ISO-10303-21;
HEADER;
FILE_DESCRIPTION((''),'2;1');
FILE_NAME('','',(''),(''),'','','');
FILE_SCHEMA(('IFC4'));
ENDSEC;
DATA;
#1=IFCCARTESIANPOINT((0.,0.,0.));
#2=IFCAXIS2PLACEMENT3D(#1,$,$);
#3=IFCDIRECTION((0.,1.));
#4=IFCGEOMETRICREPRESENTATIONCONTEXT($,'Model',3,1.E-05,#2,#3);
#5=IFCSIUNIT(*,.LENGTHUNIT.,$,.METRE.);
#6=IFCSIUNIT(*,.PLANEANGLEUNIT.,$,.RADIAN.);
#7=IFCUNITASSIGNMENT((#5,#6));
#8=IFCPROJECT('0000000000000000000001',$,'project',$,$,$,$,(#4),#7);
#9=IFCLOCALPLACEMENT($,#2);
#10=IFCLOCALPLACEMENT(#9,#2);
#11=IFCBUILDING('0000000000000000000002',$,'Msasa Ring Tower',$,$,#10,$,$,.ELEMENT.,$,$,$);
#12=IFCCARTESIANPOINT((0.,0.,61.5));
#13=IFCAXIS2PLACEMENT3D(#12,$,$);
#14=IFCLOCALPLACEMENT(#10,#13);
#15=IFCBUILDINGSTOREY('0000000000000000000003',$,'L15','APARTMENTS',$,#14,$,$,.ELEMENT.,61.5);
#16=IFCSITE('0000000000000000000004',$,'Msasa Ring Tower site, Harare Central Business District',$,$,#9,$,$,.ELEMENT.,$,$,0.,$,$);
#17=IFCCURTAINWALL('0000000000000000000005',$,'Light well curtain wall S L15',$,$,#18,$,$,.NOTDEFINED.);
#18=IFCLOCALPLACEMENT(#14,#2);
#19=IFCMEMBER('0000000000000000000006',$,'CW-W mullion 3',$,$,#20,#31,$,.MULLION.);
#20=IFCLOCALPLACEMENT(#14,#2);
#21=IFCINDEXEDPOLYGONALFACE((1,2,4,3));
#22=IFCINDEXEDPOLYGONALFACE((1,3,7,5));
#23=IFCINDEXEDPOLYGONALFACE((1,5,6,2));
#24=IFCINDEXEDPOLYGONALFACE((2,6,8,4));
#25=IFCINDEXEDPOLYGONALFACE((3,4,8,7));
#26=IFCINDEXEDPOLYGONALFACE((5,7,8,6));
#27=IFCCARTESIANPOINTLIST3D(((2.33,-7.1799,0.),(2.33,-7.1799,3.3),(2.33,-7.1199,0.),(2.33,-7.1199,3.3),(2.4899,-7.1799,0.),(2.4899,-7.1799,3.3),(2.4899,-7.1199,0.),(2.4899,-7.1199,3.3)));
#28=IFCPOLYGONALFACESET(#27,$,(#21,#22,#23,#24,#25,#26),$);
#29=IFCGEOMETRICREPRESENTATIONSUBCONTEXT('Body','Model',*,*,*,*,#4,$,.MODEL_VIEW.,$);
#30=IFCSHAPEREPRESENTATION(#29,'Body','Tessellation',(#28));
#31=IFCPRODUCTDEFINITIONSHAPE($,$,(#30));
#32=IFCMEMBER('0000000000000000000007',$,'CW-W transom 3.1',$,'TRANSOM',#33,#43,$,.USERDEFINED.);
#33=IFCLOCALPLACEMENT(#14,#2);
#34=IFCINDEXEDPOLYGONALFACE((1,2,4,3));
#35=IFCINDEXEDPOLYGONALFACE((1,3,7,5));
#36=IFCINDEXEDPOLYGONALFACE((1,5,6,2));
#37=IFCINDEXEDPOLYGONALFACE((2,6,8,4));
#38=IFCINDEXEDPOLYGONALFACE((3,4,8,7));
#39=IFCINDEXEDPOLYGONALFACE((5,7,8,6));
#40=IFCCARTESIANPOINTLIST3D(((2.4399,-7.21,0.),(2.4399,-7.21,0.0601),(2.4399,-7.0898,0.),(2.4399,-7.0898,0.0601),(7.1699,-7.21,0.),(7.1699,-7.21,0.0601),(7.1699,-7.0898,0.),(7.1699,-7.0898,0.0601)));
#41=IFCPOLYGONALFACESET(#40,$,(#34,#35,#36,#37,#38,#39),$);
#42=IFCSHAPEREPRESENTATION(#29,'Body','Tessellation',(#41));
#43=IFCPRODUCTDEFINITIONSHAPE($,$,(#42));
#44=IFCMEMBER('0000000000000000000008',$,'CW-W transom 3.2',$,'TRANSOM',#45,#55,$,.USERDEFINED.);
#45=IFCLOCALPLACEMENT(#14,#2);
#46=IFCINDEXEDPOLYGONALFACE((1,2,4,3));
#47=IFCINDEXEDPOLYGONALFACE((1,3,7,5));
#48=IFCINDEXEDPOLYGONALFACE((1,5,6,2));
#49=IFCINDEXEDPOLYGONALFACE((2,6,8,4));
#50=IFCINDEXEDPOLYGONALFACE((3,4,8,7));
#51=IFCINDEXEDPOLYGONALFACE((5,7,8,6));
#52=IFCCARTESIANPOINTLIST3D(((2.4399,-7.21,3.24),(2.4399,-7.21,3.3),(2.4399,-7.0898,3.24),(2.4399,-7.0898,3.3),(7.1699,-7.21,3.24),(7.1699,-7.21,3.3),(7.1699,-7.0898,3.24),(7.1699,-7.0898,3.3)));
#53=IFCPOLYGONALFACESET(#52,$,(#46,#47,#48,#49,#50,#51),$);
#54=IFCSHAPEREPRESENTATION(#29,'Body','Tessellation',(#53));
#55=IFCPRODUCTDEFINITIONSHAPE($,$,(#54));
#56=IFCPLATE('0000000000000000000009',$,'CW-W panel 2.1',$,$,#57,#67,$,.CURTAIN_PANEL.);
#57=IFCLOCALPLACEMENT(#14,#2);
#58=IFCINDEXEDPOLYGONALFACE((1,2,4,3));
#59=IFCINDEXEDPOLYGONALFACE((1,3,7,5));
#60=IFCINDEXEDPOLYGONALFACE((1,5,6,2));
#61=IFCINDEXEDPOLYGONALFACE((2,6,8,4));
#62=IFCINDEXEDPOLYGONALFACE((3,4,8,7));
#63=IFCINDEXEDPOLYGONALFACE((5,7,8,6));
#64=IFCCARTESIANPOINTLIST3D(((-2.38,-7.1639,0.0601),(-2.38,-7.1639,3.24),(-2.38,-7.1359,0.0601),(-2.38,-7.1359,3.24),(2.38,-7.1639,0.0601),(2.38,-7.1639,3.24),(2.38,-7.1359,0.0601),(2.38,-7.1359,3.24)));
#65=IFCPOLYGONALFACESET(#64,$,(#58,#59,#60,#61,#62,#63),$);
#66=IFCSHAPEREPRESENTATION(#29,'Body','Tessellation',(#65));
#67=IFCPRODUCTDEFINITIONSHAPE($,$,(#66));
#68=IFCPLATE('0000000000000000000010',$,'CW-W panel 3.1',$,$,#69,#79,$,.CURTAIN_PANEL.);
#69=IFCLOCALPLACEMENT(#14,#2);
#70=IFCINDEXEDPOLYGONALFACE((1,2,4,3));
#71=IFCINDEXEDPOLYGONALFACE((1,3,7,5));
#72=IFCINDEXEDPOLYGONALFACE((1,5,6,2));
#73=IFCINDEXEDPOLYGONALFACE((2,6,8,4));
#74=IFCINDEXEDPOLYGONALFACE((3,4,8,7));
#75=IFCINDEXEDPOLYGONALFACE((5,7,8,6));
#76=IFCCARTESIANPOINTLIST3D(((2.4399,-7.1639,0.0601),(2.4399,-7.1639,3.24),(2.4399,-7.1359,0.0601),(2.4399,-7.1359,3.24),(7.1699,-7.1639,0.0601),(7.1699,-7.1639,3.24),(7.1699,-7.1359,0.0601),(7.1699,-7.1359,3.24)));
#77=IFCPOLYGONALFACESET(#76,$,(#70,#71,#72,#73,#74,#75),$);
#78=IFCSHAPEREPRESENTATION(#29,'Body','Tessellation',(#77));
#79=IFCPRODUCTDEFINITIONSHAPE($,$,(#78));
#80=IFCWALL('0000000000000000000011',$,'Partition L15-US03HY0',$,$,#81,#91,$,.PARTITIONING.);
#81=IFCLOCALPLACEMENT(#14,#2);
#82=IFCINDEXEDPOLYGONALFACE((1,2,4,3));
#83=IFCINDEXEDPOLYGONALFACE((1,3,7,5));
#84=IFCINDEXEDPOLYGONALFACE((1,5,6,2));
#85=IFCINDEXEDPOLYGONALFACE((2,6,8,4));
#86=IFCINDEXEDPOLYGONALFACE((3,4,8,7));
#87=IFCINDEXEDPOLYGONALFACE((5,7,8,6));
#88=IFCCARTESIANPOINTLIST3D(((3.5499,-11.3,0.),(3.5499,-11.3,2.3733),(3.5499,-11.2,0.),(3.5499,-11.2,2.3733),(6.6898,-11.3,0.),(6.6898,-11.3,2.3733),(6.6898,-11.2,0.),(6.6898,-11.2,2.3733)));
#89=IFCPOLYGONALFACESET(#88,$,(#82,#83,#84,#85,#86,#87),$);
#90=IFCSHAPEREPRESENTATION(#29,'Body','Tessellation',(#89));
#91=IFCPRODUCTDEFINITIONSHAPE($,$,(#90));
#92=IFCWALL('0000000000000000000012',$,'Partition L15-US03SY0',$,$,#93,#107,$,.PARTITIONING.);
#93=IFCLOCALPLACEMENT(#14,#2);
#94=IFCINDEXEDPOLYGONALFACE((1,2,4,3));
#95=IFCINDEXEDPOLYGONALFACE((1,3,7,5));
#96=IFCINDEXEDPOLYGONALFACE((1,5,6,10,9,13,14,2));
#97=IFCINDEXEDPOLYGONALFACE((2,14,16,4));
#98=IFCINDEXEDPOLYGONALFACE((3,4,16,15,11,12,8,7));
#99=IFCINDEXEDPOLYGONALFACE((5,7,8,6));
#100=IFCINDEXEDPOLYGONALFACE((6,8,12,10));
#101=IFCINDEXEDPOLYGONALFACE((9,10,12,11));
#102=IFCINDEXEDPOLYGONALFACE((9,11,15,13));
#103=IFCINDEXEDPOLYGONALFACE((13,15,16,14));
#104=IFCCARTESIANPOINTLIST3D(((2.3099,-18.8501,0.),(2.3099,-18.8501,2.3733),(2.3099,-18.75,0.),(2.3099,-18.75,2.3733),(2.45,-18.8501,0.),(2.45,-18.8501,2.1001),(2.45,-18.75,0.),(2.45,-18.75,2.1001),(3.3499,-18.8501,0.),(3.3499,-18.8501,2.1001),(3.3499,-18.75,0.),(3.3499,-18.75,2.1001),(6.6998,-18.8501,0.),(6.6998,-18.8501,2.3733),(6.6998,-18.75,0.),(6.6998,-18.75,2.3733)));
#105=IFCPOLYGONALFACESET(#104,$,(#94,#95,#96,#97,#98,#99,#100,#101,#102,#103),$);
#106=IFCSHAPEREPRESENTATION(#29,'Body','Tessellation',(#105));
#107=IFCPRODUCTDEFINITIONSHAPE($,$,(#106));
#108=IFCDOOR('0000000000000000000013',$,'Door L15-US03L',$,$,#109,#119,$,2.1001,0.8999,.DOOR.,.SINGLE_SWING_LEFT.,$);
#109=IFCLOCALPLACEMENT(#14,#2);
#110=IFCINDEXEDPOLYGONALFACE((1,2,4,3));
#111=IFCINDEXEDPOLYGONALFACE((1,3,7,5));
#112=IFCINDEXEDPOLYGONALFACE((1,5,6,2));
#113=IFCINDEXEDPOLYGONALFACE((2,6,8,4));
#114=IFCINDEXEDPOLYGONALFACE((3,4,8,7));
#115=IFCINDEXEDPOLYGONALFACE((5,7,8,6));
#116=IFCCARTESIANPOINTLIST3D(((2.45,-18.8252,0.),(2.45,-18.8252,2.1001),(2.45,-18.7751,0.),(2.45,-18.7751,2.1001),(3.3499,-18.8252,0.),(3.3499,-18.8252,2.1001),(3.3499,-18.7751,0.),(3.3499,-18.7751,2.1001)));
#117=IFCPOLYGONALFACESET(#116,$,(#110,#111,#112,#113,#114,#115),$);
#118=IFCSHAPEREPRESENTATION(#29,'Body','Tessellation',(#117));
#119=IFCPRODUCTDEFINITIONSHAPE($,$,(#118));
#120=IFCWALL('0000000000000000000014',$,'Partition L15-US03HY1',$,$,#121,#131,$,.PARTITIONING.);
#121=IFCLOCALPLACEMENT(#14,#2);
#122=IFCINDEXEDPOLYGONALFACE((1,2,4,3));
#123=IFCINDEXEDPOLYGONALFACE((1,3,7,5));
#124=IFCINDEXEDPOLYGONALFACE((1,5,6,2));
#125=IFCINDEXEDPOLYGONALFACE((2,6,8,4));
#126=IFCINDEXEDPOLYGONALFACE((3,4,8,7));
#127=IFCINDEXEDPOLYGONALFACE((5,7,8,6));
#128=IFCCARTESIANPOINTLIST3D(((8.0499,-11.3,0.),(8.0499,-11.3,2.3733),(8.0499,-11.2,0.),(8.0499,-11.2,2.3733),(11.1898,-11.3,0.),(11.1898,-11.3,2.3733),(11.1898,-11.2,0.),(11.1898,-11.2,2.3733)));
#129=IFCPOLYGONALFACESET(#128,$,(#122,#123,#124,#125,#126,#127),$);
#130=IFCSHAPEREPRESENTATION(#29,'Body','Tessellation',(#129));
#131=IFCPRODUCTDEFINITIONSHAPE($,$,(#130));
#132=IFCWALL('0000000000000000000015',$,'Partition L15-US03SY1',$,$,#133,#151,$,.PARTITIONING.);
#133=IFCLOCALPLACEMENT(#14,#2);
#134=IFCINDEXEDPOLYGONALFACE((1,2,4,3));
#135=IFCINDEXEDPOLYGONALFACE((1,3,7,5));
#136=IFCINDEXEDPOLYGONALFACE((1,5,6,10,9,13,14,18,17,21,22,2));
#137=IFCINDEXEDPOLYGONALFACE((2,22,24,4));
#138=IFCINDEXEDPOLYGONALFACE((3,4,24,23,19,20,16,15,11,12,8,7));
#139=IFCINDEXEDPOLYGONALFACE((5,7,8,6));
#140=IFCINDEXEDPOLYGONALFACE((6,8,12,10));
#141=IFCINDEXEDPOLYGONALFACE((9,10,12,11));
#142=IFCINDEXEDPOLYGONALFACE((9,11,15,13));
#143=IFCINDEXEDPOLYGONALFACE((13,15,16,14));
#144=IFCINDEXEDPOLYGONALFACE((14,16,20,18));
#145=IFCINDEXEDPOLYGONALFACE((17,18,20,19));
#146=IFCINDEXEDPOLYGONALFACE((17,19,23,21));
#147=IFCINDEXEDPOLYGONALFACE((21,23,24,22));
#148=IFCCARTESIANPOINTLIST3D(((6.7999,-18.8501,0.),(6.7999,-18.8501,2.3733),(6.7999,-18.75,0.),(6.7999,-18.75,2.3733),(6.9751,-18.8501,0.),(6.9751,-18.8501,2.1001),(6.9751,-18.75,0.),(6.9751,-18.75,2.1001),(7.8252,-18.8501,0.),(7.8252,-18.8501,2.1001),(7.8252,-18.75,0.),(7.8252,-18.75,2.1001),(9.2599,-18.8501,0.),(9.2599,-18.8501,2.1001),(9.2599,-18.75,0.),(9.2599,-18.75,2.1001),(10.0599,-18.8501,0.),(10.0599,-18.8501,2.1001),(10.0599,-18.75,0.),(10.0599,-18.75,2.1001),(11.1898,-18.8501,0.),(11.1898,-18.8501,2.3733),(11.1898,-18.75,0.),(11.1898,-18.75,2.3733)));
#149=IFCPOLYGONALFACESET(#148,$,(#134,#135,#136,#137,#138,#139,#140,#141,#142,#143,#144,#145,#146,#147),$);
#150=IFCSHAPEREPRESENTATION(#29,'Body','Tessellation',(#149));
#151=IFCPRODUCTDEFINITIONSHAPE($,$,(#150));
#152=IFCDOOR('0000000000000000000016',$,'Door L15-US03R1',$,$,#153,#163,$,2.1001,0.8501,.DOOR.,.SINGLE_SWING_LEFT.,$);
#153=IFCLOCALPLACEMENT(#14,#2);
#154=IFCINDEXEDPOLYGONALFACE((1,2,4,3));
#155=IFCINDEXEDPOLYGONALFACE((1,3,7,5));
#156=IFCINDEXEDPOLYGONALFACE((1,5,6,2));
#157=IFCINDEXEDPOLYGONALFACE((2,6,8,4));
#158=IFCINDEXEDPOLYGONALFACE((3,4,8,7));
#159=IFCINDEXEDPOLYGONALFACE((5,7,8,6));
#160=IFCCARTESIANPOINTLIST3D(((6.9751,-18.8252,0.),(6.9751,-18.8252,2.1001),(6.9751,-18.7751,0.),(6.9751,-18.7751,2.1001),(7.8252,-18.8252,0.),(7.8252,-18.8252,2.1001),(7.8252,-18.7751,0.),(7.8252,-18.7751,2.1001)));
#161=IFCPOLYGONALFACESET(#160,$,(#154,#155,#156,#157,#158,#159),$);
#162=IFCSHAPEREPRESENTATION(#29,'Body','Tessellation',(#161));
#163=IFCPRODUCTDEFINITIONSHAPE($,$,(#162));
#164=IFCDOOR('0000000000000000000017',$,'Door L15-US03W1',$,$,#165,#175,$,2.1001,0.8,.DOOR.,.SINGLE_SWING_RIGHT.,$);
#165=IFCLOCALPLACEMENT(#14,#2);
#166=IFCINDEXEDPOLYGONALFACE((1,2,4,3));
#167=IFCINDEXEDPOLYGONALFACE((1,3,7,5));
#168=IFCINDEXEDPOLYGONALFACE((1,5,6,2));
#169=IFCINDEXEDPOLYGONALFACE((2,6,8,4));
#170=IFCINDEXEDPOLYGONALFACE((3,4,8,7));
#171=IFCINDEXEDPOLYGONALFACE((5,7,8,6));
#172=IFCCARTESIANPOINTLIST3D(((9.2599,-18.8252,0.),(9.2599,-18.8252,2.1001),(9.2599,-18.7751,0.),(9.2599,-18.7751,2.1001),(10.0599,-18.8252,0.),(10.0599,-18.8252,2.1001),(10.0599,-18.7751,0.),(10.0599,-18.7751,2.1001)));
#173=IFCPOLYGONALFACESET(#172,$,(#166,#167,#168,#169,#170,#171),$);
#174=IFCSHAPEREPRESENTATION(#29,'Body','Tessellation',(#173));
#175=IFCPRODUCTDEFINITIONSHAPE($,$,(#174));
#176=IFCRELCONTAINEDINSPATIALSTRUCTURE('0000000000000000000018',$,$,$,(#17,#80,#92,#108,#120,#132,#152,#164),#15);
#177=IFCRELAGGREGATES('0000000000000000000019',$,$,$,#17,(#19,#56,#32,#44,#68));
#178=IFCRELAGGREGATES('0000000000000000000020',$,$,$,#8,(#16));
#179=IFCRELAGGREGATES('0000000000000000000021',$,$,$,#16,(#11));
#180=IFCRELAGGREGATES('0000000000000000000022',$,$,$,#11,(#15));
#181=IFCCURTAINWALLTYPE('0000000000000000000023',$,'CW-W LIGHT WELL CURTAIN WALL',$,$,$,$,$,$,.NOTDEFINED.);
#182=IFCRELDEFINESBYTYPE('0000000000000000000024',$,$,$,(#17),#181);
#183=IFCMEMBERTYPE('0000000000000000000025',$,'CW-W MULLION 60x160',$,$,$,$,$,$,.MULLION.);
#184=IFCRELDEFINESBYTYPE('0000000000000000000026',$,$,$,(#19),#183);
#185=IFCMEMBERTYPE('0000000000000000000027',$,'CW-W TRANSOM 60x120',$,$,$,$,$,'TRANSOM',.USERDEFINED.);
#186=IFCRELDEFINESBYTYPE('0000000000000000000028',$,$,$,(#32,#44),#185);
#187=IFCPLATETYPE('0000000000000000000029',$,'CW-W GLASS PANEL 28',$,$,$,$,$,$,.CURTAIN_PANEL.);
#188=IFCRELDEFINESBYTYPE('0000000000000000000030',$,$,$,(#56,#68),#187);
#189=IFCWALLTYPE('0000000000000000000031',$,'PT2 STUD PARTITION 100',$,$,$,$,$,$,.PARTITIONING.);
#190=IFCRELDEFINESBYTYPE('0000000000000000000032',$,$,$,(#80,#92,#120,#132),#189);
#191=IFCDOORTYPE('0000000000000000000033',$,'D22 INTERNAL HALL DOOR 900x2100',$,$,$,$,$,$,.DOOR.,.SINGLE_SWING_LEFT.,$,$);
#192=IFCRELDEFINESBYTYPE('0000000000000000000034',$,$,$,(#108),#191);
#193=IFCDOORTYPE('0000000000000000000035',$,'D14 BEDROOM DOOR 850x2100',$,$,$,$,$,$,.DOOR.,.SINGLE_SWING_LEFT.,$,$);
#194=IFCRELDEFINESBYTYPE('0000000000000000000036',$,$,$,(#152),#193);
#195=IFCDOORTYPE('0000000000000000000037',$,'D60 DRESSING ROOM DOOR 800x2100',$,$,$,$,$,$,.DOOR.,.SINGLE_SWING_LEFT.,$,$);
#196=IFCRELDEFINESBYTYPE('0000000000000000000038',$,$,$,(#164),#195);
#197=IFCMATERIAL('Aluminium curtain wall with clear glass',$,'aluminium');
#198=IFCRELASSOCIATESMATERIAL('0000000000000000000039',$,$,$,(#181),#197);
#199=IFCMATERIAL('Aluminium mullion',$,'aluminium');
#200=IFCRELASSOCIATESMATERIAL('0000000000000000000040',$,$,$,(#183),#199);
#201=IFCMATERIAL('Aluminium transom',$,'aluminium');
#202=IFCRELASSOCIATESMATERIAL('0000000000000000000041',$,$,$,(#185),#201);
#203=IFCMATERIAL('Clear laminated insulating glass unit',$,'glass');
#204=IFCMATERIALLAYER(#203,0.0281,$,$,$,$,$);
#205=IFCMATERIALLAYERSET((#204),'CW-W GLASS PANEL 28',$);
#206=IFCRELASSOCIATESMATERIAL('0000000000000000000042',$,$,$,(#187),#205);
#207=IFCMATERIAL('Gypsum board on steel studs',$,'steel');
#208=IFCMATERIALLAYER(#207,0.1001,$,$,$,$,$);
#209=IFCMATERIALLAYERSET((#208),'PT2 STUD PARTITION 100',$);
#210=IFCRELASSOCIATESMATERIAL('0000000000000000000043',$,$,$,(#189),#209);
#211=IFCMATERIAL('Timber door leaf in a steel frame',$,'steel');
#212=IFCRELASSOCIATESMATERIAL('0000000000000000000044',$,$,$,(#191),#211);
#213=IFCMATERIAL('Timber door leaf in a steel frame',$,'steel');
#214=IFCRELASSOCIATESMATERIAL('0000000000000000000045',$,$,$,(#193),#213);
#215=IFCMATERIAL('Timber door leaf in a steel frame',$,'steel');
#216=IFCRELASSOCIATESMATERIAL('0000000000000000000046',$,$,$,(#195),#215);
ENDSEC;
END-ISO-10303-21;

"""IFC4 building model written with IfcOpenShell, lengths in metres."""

from ifc_helpers import new_model, si_unit, direction, frame, frame_2d, origin, origin_2d, place, context, subcontext, project, spatial, rectangle, extrude, material, layer, layer_set, material_profile, profile_set, type_object, element, fill, aggregate, save


model = new_model("IFC4")

# Units and contexts
model_context = context("Model", 3, precision=1e-05, world=origin(), true_north=direction((0.0, 1.0)))
body_context = subcontext(model_context, "Body", "Model", "MODEL_VIEW")
ifc_project = project(units=[si_unit("LENGTHUNIT", "METRE"), si_unit("PLANEANGLEUNIT", "RADIAN")], contexts=[model_context])

# Site, building, storey
site_placement = place(None, origin())
site = spatial("IfcSite", under=ifc_project, at=site_placement, Name="Msasa Ring Tower site, Harare Central Business District", CompositionType="ELEMENT", RefElevation=0.0)
building_placement = place(site_placement, origin())
building = spatial("IfcBuilding", under=site, at=building_placement, Name="Msasa Ring Tower", CompositionType="ELEMENT")
storey_placement = place(building_placement, frame((0.0, 0.0, 61.5)))
storey = spatial("IfcBuildingStorey", under=building, at=storey_placement, Name="L15", Description="APARTMENTS", CompositionType="ELEMENT", Elevation=61.5)

# Curtain wall, members, plates
ifc_material_1 = material(Name="Aluminium curtain wall with clear glass", Category="aluminium")
curtain_wall_type = type_object("IfcCurtainWallType", Name="CW-W LIGHT WELL CURTAIN WALL", PredefinedType="NOTDEFINED", material=ifc_material_1)
curtain_wall_placement = place(storey_placement, origin())
curtain_wall = element("IfcCurtainWall", 1, at=curtain_wall_placement, inside=storey, type_object=curtain_wall_type, Name="Light well curtain wall S L15", PredefinedType="NOTDEFINED")
ifc_material_2 = material(Name="Aluminium mullion", Category="aluminium")
ifc_material_profile_1 = material_profile(ifc_material_2, rectangle(XDim=0.0601, YDim=0.1599, at=origin_2d()), Name="AL 60x160")
ifc_profile_set_1 = profile_set([ifc_material_profile_1], Name="Aluminium mullion")
member_type_1 = type_object("IfcMemberType", Name="CW-W MULLION 60x160", PredefinedType="MULLION", material=ifc_profile_set_1)
member_1_placement = place(storey_placement, frame((2.4099, -7.1499, 0.0), z_axis=(0.0, 0.0, 1.0), x_axis=(0.0, 1.0, 0.0)))
member_1 = element("IfcMember", 2, at=member_1_placement, type_object=member_type_1, Name="CW-W mullion 3", PredefinedType="MULLION", context=body_context, shape_type="SweptSolid", body=[
    extrude(rectangle(XDim=0.0601, YDim=0.1599, at=origin_2d()), origin(), (0.0, 0.0, 1.0), 3.3),
])
ifc_material_3 = material(Name="Aluminium transom", Category="aluminium")
ifc_material_profile_2 = material_profile(ifc_material_3, rectangle(XDim=0.1201, YDim=0.0601, at=origin_2d()), Name="AL 60x120")
ifc_profile_set_2 = profile_set([ifc_material_profile_2], Name="Aluminium transom")
member_type_2 = type_object("IfcMemberType", Name="CW-W TRANSOM 60x120", ElementType="TRANSOM", PredefinedType="USERDEFINED", material=ifc_profile_set_2)
member_2_placement = place(storey_placement, frame((2.4399, -7.1499, 0.03), z_axis=(1.0, 0.0, 0.0), x_axis=(0.0, 1.0, 0.0)))
member_2 = element("IfcMember", 3, at=member_2_placement, type_object=member_type_2, Name="CW-W transom 3.1", ObjectType="TRANSOM", PredefinedType="USERDEFINED", context=body_context, shape_type="SweptSolid", body=[
    extrude(rectangle(XDim=0.1201, YDim=0.0601, at=origin_2d()), origin(), (0.0, 0.0, 1.0), 4.73),
])
member_3_placement = place(storey_placement, frame((2.4399, -7.1499, 3.27), z_axis=(1.0, 0.0, 0.0), x_axis=(0.0, 1.0, 0.0)))
member_3 = element("IfcMember", 4, at=member_3_placement, type_object=member_type_2, Name="CW-W transom 3.2", ObjectType="TRANSOM", PredefinedType="USERDEFINED", context=body_context, shape_type="SweptSolid", body=[
    extrude(rectangle(XDim=0.1201, YDim=0.0601, at=origin_2d()), origin(), (0.0, 0.0, 1.0), 4.73),
])
ifc_material_4 = material(Name="Clear laminated insulating glass unit", Category="glass")
ifc_layer_1 = layer(ifc_material_4, 0.0281)
ifc_layer_set_1 = layer_set([ifc_layer_1], Name="CW-W GLASS PANEL 28")
plate_type = type_object("IfcPlateType", Name="CW-W GLASS PANEL 28", PredefinedType="CURTAIN_PANEL", material=ifc_layer_set_1)
plate_1_placement = place(storey_placement, frame((0.0, -7.1499, 0.0601), z_axis=(0.0, 0.0, 1.0), x_axis=(1.0, 0.0, 0.0)))
plate_1 = element("IfcPlate", 5, at=plate_1_placement, type_object=plate_type, Name="CW-W panel 2.1", PredefinedType="CURTAIN_PANEL", context=body_context, shape_type="SweptSolid", body=[
    extrude(rectangle(XDim=4.76, YDim=0.0281, at=origin_2d()), origin(), (0.0, 0.0, 1.0), 3.1799),
])
plate_2_placement = place(storey_placement, frame((4.8049, -7.1499, 0.0601), z_axis=(0.0, 0.0, 1.0), x_axis=(1.0, 0.0, 0.0)))
plate_2 = element("IfcPlate", 6, at=plate_2_placement, type_object=plate_type, Name="CW-W panel 3.1", PredefinedType="CURTAIN_PANEL", context=body_context, shape_type="SweptSolid", body=[
    extrude(rectangle(XDim=4.73, YDim=0.0281, at=origin_2d()), origin(), (0.0, 0.0, 1.0), 3.1799),
])
aggregate(curtain_wall, [member_1, plate_1, member_2, member_3, plate_2])

# Wall
ifc_material_5 = material(Name="Gypsum board on steel studs", Category="steel")
ifc_layer_2 = layer(ifc_material_5, 0.1001)
ifc_layer_set_2 = layer_set([ifc_layer_2], Name="PT2 STUD PARTITION 100")
wall_type_1 = type_object("IfcWallType", Name="PT2 STUD PARTITION 100", PredefinedType="PARTITIONING", material=ifc_layer_set_2)
wall_1_placement = place(storey_placement, frame((3.55, -11.25, 0.0), z_axis=(0.0, 0.0, 1.0), x_axis=(1.0, 0.0, 0.0)))
element("IfcWall", 7, at=wall_1_placement, inside=storey, type_object=wall_type_1, Name="Partition L15-US03HY0", PredefinedType="PARTITIONING", context=body_context, shape_type="SweptSolid", body=[
    extrude(rectangle(XDim=3.1399, YDim=0.1001, at=frame_2d((1.5698, 0.0))), origin(), (0.0, 0.0, 1.0), 2.3733),
])

# Wall, opening, door
wall_2_placement = place(storey_placement, frame((2.3101, -18.8, 0.0), z_axis=(0.0, 0.0, 1.0), x_axis=(1.0, 0.0, 0.0)))
wall_2 = element("IfcWall", 8, at=wall_2_placement, inside=storey, type_object=wall_type_1, Name="Partition L15-US03SY0", PredefinedType="PARTITIONING", context=body_context, shape_type="SweptSolid", body=[
    extrude(rectangle(XDim=4.3899, YDim=0.1001, at=frame_2d((2.1948, 0.0))), origin(), (0.0, 0.0, 1.0), 2.3733),
])
opening_1_placement = place(wall_2_placement, frame((0.1399, 0.0, 0.0)))
opening_1 = element("IfcOpeningElement", 9, at=opening_1_placement, cuts=wall_2, PredefinedType="OPENING", context=body_context, shape_type="SweptSolid", body=[
    extrude(rectangle(XDim=0.8999, YDim=2.1001, at=frame_2d((0.45, 1.05))), frame((0.0, 0.0601, 0.0), z_axis=(0.0, -1.0, 0.0), x_axis=(1.0, 0.0, 0.0)), (0.0, 0.0, 1.0), 0.1201),
])
ifc_material_6 = material(Name="Timber door leaf in a steel frame", Category="steel")
door_type_1 = type_object("IfcDoorType", Name="D22 INTERNAL HALL DOOR 900x2100", OperationType="SINGLE_SWING_LEFT", PredefinedType="DOOR", material=ifc_material_6)
door_1_placement = place(opening_1_placement, origin())
door_1 = element("IfcDoor", 10, at=door_1_placement, inside=storey, type_object=door_type_1, Name="Door L15-US03L", OperationType="SINGLE_SWING_LEFT", OverallHeight=2.1001, OverallWidth=0.8999, PredefinedType="DOOR", context=body_context, shape_type="SweptSolid", body=[
    extrude(rectangle(XDim=0.8999, YDim=2.1001, at=frame_2d((0.45, 1.05))), frame((0.0, 0.0249, 0.0), z_axis=(0.0, -1.0, 0.0), x_axis=(1.0, 0.0, 0.0)), (0.0, 0.0, 1.0), 0.05),
])
fill(opening_1, door_1)

# Wall
wall_3_placement = place(storey_placement, frame((8.05, -11.25, 0.0), z_axis=(0.0, 0.0, 1.0), x_axis=(1.0, 0.0, 0.0)))
element("IfcWall", 11, at=wall_3_placement, inside=storey, type_object=wall_type_1, Name="Partition L15-US03HY1", PredefinedType="PARTITIONING", context=body_context, shape_type="SweptSolid", body=[
    extrude(rectangle(XDim=3.1399, YDim=0.1001, at=frame_2d((1.5698, 0.0))), origin(), (0.0, 0.0, 1.0), 2.3733),
])

# Wall, openings, doors
wall_4_placement = place(storey_placement, frame((6.8, -18.8, 0.0), z_axis=(0.0, 0.0, 1.0), x_axis=(1.0, 0.0, 0.0)))
wall_4 = element("IfcWall", 12, at=wall_4_placement, inside=storey, type_object=wall_type_1, Name="Partition L15-US03SY1", PredefinedType="PARTITIONING", context=body_context, shape_type="SweptSolid", body=[
    extrude(rectangle(XDim=4.3899, YDim=0.1001, at=frame_2d((2.1948, 0.0))), origin(), (0.0, 0.0, 1.0), 2.3733),
])
opening_2_placement = place(wall_4_placement, frame((0.175, 0.0, 0.0)))
opening_2 = element("IfcOpeningElement", 13, at=opening_2_placement, cuts=wall_4, PredefinedType="OPENING", context=body_context, shape_type="SweptSolid", body=[
    extrude(rectangle(XDim=0.8501, YDim=2.1001, at=frame_2d((0.425, 1.05))), frame((0.0, 0.0601, 0.0), z_axis=(0.0, -1.0, 0.0), x_axis=(1.0, 0.0, 0.0)), (0.0, 0.0, 1.0), 0.1201),
])
opening_3_placement = place(wall_4_placement, frame((2.46, 0.0, 0.0)))
opening_3 = element("IfcOpeningElement", 14, at=opening_3_placement, cuts=wall_4, PredefinedType="OPENING", context=body_context, shape_type="SweptSolid", body=[
    extrude(rectangle(XDim=0.8, YDim=2.1001, at=frame_2d((0.3999, 1.05))), frame((0.0, 0.0601, 0.0), z_axis=(0.0, -1.0, 0.0), x_axis=(1.0, 0.0, 0.0)), (0.0, 0.0, 1.0), 0.1201),
])
ifc_material_7 = material(Name="Timber door leaf in a steel frame", Category="steel")
door_type_2 = type_object("IfcDoorType", Name="D14 BEDROOM DOOR 850x2100", OperationType="SINGLE_SWING_LEFT", PredefinedType="DOOR", material=ifc_material_7)
door_2_placement = place(opening_2_placement, origin())
door_2 = element("IfcDoor", 15, at=door_2_placement, inside=storey, type_object=door_type_2, Name="Door L15-US03R1", OperationType="SINGLE_SWING_LEFT", OverallHeight=2.1001, OverallWidth=0.8501, PredefinedType="DOOR", context=body_context, shape_type="SweptSolid", body=[
    extrude(rectangle(XDim=0.8501, YDim=2.1001, at=frame_2d((0.425, 1.05))), frame((0.0, 0.0249, 0.0), z_axis=(0.0, -1.0, 0.0), x_axis=(1.0, 0.0, 0.0)), (0.0, 0.0, 1.0), 0.05),
])
fill(opening_2, door_2)
ifc_material_8 = material(Name="Timber door leaf in a steel frame", Category="steel")
door_type_3 = type_object("IfcDoorType", Name="D60 DRESSING ROOM DOOR 800x2100", OperationType="SINGLE_SWING_LEFT", PredefinedType="DOOR", material=ifc_material_8)
door_3_placement = place(opening_3_placement, origin())
door_3 = element("IfcDoor", 16, at=door_3_placement, inside=storey, type_object=door_type_3, Name="Door L15-US03W1", OperationType="SINGLE_SWING_RIGHT", OverallHeight=2.1001, OverallWidth=0.8, PredefinedType="DOOR", context=body_context, shape_type="SweptSolid", body=[
    extrude(rectangle(XDim=0.8, YDim=2.1001, at=frame_2d((0.3999, 1.05))), frame((0.0, 0.0249, 0.0), z_axis=(0.0, -1.0, 0.0), x_axis=(1.0, 0.0, 0.0)), (0.0, 0.0, 1.0), 0.05),
])
fill(opening_3, door_3)

save(model, "model.ifc")
